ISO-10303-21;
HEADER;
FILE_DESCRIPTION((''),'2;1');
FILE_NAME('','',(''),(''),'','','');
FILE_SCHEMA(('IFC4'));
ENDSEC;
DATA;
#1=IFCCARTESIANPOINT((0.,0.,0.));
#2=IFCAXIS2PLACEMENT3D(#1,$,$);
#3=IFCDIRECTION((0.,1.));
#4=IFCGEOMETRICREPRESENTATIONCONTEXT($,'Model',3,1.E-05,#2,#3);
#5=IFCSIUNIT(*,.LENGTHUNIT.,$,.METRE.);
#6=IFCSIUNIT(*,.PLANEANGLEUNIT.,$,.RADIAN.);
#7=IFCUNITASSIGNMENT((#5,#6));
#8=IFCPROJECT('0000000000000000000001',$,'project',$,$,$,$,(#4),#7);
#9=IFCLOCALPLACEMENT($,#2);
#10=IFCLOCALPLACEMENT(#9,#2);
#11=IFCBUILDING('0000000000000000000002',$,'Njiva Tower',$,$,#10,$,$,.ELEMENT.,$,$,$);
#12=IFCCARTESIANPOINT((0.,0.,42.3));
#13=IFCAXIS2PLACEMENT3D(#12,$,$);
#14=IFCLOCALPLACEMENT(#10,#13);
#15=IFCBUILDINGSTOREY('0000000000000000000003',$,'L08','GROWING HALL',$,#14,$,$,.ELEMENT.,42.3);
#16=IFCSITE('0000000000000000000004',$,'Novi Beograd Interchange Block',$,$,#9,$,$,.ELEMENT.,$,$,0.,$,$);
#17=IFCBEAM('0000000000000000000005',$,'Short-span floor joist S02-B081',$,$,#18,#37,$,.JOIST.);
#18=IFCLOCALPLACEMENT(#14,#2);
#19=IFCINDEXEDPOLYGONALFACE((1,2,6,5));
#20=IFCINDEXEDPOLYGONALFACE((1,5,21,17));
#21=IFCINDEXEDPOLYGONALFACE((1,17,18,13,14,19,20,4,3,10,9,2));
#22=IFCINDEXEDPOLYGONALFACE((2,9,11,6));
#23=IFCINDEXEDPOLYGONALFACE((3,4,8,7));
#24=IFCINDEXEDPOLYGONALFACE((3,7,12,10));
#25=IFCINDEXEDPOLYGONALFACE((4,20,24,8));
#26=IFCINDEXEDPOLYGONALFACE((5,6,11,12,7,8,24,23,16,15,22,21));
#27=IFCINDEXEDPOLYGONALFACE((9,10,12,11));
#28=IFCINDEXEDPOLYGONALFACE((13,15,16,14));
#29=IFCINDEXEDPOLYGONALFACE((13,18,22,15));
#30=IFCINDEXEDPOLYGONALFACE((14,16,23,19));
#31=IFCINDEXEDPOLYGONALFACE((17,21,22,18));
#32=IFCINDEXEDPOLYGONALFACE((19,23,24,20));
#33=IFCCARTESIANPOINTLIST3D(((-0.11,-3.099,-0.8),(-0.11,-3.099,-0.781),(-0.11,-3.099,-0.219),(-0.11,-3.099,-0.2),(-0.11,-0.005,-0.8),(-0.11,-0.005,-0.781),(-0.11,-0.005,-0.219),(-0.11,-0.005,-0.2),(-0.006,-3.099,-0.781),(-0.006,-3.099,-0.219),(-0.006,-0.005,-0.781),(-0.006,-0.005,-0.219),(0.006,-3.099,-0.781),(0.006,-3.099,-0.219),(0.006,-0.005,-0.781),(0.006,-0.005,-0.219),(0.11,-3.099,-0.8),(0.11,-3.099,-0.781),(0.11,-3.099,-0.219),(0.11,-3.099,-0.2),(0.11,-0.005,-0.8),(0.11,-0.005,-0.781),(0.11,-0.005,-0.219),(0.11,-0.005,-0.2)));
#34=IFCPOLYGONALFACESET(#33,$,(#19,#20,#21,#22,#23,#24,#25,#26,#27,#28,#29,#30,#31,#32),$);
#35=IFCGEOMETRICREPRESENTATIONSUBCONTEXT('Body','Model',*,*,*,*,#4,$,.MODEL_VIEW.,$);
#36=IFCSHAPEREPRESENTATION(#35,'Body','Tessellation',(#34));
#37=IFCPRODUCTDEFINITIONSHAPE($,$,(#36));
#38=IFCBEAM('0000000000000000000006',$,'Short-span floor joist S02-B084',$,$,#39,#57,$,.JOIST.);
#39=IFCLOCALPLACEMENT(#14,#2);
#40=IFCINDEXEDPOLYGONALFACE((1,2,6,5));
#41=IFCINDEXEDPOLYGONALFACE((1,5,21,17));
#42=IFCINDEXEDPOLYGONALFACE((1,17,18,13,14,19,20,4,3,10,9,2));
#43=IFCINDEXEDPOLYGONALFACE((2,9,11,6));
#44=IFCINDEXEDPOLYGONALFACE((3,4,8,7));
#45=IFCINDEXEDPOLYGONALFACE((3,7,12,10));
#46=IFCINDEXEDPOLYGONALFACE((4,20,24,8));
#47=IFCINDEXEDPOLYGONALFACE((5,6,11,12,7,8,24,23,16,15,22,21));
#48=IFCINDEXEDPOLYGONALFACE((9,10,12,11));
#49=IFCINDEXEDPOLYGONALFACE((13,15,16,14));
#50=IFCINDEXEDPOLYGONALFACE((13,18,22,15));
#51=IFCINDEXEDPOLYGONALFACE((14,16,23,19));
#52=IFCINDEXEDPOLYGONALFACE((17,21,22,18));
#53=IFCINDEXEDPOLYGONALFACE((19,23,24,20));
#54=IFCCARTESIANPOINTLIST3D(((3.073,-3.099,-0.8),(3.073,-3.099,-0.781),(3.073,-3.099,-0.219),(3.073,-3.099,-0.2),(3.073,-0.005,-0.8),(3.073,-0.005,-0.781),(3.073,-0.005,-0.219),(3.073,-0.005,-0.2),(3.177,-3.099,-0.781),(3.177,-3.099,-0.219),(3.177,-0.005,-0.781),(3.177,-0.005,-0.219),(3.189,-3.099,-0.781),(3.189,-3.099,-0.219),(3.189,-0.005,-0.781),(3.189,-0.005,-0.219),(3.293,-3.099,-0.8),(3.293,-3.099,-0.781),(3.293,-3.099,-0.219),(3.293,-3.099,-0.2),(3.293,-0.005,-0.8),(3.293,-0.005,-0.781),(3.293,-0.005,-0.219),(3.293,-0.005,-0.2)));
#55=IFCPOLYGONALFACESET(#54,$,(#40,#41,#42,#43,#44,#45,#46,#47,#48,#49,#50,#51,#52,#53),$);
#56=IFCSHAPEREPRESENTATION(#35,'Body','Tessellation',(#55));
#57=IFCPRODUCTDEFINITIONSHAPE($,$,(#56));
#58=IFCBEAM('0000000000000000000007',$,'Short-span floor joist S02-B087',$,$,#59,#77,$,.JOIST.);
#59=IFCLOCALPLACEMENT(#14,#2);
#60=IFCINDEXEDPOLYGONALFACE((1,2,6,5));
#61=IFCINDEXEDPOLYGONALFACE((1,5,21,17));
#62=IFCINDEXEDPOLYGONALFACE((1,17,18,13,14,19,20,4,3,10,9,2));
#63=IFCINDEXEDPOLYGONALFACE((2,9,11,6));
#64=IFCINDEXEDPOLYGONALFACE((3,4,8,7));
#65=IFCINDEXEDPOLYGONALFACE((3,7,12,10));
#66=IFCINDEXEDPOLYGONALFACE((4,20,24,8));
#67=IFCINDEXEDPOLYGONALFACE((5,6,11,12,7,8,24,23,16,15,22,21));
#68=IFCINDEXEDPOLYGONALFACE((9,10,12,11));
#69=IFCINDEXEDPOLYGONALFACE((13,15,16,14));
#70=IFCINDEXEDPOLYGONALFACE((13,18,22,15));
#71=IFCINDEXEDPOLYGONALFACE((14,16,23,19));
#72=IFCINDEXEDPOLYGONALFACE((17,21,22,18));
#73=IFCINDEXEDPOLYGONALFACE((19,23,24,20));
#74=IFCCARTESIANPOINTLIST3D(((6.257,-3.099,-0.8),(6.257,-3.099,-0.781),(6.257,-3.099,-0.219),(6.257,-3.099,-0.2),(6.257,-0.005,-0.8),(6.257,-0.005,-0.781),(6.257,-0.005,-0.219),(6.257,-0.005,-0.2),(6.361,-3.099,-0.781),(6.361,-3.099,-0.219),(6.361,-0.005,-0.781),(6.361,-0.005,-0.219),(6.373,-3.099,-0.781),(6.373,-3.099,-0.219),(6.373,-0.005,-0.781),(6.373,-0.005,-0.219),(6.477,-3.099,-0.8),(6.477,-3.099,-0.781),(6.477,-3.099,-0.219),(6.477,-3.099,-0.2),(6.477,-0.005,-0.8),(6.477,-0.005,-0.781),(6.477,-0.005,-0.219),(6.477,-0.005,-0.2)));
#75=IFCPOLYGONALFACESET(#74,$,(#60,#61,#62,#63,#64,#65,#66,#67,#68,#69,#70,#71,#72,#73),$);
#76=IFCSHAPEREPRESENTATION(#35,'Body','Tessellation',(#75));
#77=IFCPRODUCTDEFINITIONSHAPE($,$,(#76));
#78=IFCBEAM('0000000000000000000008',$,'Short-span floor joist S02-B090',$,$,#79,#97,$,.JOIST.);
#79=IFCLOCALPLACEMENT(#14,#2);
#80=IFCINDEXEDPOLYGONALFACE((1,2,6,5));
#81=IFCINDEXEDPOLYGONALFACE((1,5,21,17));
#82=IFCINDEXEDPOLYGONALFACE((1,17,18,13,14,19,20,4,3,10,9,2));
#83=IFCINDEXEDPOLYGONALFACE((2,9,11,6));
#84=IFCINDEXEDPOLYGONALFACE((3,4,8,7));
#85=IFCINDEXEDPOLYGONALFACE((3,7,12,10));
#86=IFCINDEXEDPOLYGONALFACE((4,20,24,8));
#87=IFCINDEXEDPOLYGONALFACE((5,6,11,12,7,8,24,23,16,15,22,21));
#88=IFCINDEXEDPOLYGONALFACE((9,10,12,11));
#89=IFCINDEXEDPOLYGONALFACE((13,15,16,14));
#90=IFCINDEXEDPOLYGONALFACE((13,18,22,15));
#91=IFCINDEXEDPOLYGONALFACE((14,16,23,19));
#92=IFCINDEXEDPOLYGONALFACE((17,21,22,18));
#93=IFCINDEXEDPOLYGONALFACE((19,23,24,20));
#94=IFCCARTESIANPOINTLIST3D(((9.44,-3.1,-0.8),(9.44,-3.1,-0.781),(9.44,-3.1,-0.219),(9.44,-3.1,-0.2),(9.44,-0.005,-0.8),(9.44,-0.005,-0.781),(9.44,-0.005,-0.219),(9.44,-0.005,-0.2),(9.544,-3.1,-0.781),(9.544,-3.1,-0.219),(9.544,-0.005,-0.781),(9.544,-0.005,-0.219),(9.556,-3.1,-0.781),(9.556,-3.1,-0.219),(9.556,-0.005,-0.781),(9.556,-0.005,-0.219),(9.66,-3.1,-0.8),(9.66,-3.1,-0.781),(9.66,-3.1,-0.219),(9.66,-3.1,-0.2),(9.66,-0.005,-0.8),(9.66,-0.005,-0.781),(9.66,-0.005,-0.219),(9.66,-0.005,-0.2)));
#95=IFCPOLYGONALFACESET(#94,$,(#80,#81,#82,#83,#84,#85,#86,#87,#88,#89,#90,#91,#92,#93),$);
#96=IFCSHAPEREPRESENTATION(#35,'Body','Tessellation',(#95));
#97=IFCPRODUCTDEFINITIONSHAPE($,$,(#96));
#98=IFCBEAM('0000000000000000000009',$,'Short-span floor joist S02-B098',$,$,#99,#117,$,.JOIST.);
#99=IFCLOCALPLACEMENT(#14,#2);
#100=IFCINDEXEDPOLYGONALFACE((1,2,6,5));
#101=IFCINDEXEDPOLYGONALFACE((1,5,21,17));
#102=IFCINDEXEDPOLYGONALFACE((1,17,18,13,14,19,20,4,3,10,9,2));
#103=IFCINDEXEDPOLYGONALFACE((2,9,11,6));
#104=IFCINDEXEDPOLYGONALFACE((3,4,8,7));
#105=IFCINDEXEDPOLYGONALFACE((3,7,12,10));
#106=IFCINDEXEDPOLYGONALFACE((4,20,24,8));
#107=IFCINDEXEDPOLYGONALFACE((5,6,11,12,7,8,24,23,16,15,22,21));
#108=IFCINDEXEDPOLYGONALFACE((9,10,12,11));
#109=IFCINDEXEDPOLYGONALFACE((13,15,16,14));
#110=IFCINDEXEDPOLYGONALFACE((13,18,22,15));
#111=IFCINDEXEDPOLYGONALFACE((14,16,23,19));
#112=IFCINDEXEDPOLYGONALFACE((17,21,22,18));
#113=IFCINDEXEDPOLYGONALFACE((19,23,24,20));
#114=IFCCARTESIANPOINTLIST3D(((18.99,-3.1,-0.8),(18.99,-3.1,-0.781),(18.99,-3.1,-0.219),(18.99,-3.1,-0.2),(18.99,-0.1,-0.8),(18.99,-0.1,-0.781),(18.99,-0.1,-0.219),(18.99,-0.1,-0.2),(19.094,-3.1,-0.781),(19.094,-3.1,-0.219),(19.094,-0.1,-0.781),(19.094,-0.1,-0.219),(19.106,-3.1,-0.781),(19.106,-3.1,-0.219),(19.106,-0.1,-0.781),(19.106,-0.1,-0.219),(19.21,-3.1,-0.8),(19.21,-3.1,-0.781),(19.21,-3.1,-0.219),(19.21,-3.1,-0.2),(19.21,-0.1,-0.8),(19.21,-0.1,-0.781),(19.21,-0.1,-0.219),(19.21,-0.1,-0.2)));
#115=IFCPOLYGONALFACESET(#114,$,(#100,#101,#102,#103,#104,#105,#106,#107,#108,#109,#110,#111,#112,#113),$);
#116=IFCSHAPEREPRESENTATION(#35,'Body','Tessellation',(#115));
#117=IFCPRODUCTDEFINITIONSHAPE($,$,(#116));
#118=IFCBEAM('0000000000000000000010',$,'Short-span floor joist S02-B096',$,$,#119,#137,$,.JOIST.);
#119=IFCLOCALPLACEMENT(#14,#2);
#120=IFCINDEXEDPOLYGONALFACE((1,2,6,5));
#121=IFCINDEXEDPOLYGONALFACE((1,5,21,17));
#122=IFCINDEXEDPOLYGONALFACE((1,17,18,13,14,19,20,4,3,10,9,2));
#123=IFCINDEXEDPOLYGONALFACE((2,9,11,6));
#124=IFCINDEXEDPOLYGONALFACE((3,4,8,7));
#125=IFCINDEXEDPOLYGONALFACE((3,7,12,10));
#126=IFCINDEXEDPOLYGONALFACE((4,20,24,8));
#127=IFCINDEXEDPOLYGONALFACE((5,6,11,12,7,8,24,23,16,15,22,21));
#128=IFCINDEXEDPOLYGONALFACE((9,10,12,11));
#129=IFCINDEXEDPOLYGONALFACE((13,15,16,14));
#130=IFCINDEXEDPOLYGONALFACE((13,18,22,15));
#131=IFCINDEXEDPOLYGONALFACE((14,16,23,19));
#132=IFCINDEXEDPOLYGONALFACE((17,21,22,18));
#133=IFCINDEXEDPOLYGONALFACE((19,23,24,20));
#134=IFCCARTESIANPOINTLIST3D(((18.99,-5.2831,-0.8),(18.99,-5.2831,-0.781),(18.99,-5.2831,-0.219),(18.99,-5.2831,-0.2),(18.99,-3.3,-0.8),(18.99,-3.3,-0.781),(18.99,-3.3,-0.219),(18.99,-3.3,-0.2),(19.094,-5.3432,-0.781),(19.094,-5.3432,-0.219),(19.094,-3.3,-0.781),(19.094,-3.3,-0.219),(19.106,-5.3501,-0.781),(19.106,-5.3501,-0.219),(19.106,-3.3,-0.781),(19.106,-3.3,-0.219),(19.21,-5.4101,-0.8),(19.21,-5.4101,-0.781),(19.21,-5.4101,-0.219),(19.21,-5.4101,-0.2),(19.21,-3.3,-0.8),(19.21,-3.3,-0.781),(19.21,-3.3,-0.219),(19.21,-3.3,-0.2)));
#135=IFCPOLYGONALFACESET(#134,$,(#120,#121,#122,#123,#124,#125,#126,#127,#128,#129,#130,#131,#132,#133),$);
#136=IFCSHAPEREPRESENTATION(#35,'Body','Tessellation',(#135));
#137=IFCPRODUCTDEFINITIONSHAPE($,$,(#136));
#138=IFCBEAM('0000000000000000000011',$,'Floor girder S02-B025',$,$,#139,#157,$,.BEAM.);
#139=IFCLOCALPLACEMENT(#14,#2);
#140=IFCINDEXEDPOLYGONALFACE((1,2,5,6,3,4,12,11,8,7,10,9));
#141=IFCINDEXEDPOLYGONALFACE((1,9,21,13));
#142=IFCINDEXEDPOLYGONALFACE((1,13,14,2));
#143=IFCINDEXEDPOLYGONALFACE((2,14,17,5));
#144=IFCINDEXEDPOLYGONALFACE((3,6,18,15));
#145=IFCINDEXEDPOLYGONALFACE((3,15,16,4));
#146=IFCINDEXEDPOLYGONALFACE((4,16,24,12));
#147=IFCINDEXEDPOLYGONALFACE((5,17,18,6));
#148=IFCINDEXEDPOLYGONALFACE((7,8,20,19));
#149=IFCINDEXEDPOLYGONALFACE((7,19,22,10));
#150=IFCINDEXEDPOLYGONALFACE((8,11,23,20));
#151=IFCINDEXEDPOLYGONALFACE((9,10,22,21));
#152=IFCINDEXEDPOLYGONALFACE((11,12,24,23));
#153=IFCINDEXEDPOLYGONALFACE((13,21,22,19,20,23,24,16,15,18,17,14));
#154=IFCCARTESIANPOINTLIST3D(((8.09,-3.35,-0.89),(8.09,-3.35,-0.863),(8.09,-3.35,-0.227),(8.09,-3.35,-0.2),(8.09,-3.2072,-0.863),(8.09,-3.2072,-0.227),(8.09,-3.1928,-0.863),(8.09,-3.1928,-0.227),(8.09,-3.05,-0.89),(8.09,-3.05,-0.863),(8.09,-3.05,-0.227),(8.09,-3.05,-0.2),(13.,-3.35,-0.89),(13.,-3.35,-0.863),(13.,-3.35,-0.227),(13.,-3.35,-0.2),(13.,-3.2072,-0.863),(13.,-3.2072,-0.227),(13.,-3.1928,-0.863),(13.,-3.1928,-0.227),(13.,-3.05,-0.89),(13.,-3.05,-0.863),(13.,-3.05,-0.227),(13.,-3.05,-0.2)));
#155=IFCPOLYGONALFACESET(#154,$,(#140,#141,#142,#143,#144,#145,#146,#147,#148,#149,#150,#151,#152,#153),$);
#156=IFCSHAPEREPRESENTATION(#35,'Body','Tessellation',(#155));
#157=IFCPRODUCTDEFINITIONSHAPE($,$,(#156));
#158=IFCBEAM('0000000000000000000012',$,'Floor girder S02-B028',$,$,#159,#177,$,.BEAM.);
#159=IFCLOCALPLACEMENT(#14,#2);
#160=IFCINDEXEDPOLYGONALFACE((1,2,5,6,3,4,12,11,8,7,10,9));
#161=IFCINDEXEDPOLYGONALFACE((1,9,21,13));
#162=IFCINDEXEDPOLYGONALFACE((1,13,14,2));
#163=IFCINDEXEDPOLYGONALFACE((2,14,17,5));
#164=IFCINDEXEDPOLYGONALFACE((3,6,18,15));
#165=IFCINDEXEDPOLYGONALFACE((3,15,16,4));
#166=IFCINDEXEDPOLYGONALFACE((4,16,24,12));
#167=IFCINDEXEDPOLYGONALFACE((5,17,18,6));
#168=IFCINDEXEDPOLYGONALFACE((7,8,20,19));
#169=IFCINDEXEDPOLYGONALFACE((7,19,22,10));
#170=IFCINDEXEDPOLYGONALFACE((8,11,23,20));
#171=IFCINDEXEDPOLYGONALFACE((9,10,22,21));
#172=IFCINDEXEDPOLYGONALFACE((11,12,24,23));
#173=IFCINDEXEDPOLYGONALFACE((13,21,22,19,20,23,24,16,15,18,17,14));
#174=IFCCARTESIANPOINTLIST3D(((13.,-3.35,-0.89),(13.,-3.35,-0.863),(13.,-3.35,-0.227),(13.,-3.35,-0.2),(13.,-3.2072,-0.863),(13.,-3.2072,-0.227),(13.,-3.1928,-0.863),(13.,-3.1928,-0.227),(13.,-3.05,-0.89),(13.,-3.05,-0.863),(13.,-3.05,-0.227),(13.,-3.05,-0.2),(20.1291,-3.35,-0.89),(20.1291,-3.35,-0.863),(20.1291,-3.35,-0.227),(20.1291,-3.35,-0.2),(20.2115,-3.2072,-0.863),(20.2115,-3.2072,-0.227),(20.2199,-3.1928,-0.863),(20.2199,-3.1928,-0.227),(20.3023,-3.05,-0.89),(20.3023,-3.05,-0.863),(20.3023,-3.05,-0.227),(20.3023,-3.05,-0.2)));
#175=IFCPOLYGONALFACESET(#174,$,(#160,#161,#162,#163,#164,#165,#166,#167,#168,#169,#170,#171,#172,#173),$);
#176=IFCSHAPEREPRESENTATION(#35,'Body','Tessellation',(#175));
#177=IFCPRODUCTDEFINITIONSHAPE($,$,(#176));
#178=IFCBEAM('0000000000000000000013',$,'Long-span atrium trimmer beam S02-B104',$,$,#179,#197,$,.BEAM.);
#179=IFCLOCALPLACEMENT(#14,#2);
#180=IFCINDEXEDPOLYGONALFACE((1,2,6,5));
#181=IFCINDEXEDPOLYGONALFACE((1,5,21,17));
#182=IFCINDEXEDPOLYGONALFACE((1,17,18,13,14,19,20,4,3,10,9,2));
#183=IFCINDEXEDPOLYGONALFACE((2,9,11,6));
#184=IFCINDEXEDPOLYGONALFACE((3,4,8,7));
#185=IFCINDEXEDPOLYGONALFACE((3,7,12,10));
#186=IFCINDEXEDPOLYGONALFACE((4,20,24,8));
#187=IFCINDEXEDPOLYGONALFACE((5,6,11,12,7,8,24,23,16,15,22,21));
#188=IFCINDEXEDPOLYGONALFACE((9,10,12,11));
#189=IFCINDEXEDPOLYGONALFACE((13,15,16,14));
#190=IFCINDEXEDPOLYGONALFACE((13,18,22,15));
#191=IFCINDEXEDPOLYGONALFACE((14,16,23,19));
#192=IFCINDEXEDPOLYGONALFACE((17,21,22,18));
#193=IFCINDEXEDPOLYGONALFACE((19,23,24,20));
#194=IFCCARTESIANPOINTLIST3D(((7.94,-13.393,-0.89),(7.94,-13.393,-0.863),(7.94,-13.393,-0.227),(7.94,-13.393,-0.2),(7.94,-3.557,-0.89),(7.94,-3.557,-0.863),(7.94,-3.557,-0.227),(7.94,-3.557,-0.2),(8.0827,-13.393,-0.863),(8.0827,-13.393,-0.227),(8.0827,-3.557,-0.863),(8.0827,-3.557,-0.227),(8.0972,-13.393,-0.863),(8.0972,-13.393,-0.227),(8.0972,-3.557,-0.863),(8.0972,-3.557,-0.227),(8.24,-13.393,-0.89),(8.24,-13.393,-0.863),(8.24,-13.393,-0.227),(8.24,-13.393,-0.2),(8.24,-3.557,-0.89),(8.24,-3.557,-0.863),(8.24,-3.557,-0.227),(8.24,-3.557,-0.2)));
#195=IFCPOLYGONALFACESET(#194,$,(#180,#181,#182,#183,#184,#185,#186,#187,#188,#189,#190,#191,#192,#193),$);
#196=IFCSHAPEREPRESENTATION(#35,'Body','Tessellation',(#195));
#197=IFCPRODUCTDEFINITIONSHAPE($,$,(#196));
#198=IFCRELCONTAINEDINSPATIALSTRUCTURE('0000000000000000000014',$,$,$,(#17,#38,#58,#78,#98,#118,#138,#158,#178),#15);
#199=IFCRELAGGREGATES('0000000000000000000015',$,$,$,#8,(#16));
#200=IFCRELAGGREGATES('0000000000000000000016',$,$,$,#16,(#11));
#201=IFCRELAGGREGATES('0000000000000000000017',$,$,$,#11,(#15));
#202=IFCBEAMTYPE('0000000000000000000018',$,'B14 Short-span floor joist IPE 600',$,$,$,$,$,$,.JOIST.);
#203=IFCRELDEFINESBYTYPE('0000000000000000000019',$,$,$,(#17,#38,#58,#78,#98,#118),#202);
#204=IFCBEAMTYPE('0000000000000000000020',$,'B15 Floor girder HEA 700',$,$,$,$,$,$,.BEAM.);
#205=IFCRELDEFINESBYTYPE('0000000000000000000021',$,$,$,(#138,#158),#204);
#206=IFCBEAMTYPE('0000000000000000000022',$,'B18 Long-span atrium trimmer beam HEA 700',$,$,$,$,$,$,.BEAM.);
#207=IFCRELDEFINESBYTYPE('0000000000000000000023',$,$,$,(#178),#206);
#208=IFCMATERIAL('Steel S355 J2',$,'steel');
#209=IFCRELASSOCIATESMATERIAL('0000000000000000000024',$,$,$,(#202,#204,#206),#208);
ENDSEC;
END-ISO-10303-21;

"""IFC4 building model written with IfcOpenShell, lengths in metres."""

from ifc_helpers import new_model, si_unit, direction, frame, origin, origin_2d, place, context, subcontext, project, spatial, i_section, extrude, clip, halfspace, material, material_profile, profile_set, type_object, element, save


model = new_model("IFC4")

# Units and contexts
model_context = context("Model", 3, precision=1e-05, world=origin(), true_north=direction((0.0, 1.0)))
body_context = subcontext(model_context, "Body", "Model", "MODEL_VIEW")
ifc_project = project(units=[si_unit("LENGTHUNIT", "METRE"), si_unit("PLANEANGLEUNIT", "RADIAN")], contexts=[model_context])

# Site, building, storey
site_placement = place(None, origin())
site = spatial("IfcSite", under=ifc_project, at=site_placement, Name="Novi Beograd Interchange Block", CompositionType="ELEMENT", RefElevation=0.0)
building_placement = place(site_placement, origin())
building = spatial("IfcBuilding", under=site, at=building_placement, Name="Njiva Tower", CompositionType="ELEMENT")
storey_placement = place(building_placement, frame((0.0, 0.0, 42.3)))
storey = spatial("IfcBuildingStorey", under=building, at=storey_placement, Name="L08", Description="GROWING HALL", CompositionType="ELEMENT", Elevation=42.3)

# Shared definitions
ifc_material_1 = material(Name="Steel S355 J2", Category="steel")

# Beams
ifc_material_profile_1 = material_profile(ifc_material_1, i_section(OverallWidth=0.22, OverallDepth=0.6, WebThickness=0.012, FlangeThickness=0.019, at=origin_2d()), Name="IPE 600")
ifc_profile_set_1 = profile_set([ifc_material_profile_1], Name="Steel S355 J2")
beam_type_1 = type_object("IfcBeamType", Name="B14 Short-span floor joist IPE 600", PredefinedType="JOIST", material=ifc_profile_set_1)
for number, where, z_axis, x_axis, name in (
    (1, (0.0, -0.005, -0.5), (0.0, -1.0, 0.0), (1.0, 0.0, 0.0), "Short-span floor joist S02-B081"),
    (2, (3.183, -0.005, -0.5), (0.0, -1.0, 0.0), (1.0, 0.0, 0.0), "Short-span floor joist S02-B084"),
    (3, (6.367, -0.005, -0.5), (0.0, -1.0, 0.0), (1.0, 0.0, 0.0), "Short-span floor joist S02-B087"),
):
    element("IfcBeam", number, at=place(storey_placement, frame(where, z_axis=z_axis, x_axis=x_axis)), inside=storey, type_object=beam_type_1, Name=name, PredefinedType="JOIST", context=body_context, shape_type="SweptSolid", body=[
        extrude(i_section(OverallWidth=0.22, OverallDepth=0.6, WebThickness=0.012, FlangeThickness=0.019, at=origin_2d()), origin(), (0.0, 0.0, 1.0), 3.094),
    ])
beam_1_placement = place(storey_placement, frame((9.55, -0.005, -0.5), z_axis=(0.0, -1.0, 0.0), x_axis=(1.0, 0.0, 0.0)))
element("IfcBeam", 4, at=beam_1_placement, inside=storey, type_object=beam_type_1, Name="Short-span floor joist S02-B090", PredefinedType="JOIST", context=body_context, shape_type="SweptSolid", body=[
    extrude(i_section(OverallWidth=0.22, OverallDepth=0.6, WebThickness=0.012, FlangeThickness=0.019, at=origin_2d()), origin(), (0.0, 0.0, 1.0), 3.095),
])
beam_2_placement = place(storey_placement, frame((19.1, -0.1, -0.5), z_axis=(0.0, -1.0, 0.0), x_axis=(1.0, 0.0, 0.0)))
element("IfcBeam", 5, at=beam_2_placement, inside=storey, type_object=beam_type_1, Name="Short-span floor joist S02-B098", PredefinedType="JOIST", context=body_context, shape_type="SweptSolid", body=[
    extrude(i_section(OverallWidth=0.22, OverallDepth=0.6, WebThickness=0.012, FlangeThickness=0.019, at=origin_2d()), origin(), (0.0, 0.0, 1.0), 3.0),
])
beam_3_placement = place(storey_placement, frame((19.1, -3.3, -0.5), z_axis=(0.0, -1.0, 0.0), x_axis=(1.0, 0.0, 0.0)))
element("IfcBeam", 6, at=beam_3_placement, inside=storey, type_object=beam_type_1, Name="Short-span floor joist S02-B096", PredefinedType="JOIST", context=body_context, shape_type="Clipping", body=[
    clip(extrude(i_section(OverallWidth=0.22, OverallDepth=0.6, WebThickness=0.012, FlangeThickness=0.019, at=origin_2d()), origin(), (0.0, 0.0, 1.0), 2.131), halfspace(frame((-0.025, 0.0, 2.0322), z_axis=(-0.499998, 0.0, 0.866027), x_axis=(0.0, 1.0, 0.0)), False)),
])
ifc_material_profile_2 = material_profile(ifc_material_1, i_section(OverallWidth=0.3, OverallDepth=0.69, WebThickness=0.0145, FlangeThickness=0.027, at=origin_2d()), Name="HEA 700")
ifc_profile_set_2 = profile_set([ifc_material_profile_2], Name="Steel S355 J2")
beam_type_2 = type_object("IfcBeamType", Name="B15 Floor girder HEA 700", PredefinedType="BEAM", material=ifc_profile_set_2)
beam_4_placement = place(storey_placement, frame((8.09, -3.2, -0.545), z_axis=(1.0, 0.0, 0.0), x_axis=(0.0, 1.0, 0.0)))
element("IfcBeam", 7, at=beam_4_placement, inside=storey, type_object=beam_type_2, Name="Floor girder S02-B025", PredefinedType="BEAM", context=body_context, shape_type="SweptSolid", body=[
    extrude(i_section(OverallWidth=0.3, OverallDepth=0.69, WebThickness=0.0145, FlangeThickness=0.027, at=origin_2d()), origin(), (0.0, 0.0, 1.0), 4.91),
])
beam_5_placement = place(storey_placement, frame((13.0, -3.2, -0.545), z_axis=(1.0, 0.0, 0.0), x_axis=(0.0, 1.0, 0.0)))
element("IfcBeam", 8, at=beam_5_placement, inside=storey, type_object=beam_type_2, Name="Floor girder S02-B028", PredefinedType="BEAM", context=body_context, shape_type="Clipping", body=[
    clip(extrude(i_section(OverallWidth=0.3, OverallDepth=0.69, WebThickness=0.0145, FlangeThickness=0.027, at=origin_2d()), origin(), (0.0, 0.0, 1.0), 7.323), halfspace(frame((-0.025, 0.0, 7.2013), z_axis=(-0.499998, 0.0, 0.866027), x_axis=(0.0, 1.0, 0.0)), False)),
])
ifc_material_profile_3 = material_profile(ifc_material_1, i_section(OverallWidth=0.3, OverallDepth=0.69, WebThickness=0.0145, FlangeThickness=0.027, at=origin_2d()), Name="HEA 700")
ifc_profile_set_3 = profile_set([ifc_material_profile_3], Name="Steel S355 J2")
beam_type_3 = type_object("IfcBeamType", Name="B18 Long-span atrium trimmer beam HEA 700", PredefinedType="BEAM", material=ifc_profile_set_3)
beam_6_placement = place(storey_placement, frame((8.09, -13.393, -0.545), z_axis=(0.0, 1.0, 0.0), x_axis=(-1.0, 0.0, 0.0)))
element("IfcBeam", 9, at=beam_6_placement, inside=storey, type_object=beam_type_3, Name="Long-span atrium trimmer beam S02-B104", PredefinedType="BEAM", context=body_context, shape_type="SweptSolid", body=[
    extrude(i_section(OverallWidth=0.3, OverallDepth=0.69, WebThickness=0.0145, FlangeThickness=0.027, at=origin_2d()), origin(), (0.0, 0.0, 1.0), 9.836),
])

save(model, "model.ifc")
